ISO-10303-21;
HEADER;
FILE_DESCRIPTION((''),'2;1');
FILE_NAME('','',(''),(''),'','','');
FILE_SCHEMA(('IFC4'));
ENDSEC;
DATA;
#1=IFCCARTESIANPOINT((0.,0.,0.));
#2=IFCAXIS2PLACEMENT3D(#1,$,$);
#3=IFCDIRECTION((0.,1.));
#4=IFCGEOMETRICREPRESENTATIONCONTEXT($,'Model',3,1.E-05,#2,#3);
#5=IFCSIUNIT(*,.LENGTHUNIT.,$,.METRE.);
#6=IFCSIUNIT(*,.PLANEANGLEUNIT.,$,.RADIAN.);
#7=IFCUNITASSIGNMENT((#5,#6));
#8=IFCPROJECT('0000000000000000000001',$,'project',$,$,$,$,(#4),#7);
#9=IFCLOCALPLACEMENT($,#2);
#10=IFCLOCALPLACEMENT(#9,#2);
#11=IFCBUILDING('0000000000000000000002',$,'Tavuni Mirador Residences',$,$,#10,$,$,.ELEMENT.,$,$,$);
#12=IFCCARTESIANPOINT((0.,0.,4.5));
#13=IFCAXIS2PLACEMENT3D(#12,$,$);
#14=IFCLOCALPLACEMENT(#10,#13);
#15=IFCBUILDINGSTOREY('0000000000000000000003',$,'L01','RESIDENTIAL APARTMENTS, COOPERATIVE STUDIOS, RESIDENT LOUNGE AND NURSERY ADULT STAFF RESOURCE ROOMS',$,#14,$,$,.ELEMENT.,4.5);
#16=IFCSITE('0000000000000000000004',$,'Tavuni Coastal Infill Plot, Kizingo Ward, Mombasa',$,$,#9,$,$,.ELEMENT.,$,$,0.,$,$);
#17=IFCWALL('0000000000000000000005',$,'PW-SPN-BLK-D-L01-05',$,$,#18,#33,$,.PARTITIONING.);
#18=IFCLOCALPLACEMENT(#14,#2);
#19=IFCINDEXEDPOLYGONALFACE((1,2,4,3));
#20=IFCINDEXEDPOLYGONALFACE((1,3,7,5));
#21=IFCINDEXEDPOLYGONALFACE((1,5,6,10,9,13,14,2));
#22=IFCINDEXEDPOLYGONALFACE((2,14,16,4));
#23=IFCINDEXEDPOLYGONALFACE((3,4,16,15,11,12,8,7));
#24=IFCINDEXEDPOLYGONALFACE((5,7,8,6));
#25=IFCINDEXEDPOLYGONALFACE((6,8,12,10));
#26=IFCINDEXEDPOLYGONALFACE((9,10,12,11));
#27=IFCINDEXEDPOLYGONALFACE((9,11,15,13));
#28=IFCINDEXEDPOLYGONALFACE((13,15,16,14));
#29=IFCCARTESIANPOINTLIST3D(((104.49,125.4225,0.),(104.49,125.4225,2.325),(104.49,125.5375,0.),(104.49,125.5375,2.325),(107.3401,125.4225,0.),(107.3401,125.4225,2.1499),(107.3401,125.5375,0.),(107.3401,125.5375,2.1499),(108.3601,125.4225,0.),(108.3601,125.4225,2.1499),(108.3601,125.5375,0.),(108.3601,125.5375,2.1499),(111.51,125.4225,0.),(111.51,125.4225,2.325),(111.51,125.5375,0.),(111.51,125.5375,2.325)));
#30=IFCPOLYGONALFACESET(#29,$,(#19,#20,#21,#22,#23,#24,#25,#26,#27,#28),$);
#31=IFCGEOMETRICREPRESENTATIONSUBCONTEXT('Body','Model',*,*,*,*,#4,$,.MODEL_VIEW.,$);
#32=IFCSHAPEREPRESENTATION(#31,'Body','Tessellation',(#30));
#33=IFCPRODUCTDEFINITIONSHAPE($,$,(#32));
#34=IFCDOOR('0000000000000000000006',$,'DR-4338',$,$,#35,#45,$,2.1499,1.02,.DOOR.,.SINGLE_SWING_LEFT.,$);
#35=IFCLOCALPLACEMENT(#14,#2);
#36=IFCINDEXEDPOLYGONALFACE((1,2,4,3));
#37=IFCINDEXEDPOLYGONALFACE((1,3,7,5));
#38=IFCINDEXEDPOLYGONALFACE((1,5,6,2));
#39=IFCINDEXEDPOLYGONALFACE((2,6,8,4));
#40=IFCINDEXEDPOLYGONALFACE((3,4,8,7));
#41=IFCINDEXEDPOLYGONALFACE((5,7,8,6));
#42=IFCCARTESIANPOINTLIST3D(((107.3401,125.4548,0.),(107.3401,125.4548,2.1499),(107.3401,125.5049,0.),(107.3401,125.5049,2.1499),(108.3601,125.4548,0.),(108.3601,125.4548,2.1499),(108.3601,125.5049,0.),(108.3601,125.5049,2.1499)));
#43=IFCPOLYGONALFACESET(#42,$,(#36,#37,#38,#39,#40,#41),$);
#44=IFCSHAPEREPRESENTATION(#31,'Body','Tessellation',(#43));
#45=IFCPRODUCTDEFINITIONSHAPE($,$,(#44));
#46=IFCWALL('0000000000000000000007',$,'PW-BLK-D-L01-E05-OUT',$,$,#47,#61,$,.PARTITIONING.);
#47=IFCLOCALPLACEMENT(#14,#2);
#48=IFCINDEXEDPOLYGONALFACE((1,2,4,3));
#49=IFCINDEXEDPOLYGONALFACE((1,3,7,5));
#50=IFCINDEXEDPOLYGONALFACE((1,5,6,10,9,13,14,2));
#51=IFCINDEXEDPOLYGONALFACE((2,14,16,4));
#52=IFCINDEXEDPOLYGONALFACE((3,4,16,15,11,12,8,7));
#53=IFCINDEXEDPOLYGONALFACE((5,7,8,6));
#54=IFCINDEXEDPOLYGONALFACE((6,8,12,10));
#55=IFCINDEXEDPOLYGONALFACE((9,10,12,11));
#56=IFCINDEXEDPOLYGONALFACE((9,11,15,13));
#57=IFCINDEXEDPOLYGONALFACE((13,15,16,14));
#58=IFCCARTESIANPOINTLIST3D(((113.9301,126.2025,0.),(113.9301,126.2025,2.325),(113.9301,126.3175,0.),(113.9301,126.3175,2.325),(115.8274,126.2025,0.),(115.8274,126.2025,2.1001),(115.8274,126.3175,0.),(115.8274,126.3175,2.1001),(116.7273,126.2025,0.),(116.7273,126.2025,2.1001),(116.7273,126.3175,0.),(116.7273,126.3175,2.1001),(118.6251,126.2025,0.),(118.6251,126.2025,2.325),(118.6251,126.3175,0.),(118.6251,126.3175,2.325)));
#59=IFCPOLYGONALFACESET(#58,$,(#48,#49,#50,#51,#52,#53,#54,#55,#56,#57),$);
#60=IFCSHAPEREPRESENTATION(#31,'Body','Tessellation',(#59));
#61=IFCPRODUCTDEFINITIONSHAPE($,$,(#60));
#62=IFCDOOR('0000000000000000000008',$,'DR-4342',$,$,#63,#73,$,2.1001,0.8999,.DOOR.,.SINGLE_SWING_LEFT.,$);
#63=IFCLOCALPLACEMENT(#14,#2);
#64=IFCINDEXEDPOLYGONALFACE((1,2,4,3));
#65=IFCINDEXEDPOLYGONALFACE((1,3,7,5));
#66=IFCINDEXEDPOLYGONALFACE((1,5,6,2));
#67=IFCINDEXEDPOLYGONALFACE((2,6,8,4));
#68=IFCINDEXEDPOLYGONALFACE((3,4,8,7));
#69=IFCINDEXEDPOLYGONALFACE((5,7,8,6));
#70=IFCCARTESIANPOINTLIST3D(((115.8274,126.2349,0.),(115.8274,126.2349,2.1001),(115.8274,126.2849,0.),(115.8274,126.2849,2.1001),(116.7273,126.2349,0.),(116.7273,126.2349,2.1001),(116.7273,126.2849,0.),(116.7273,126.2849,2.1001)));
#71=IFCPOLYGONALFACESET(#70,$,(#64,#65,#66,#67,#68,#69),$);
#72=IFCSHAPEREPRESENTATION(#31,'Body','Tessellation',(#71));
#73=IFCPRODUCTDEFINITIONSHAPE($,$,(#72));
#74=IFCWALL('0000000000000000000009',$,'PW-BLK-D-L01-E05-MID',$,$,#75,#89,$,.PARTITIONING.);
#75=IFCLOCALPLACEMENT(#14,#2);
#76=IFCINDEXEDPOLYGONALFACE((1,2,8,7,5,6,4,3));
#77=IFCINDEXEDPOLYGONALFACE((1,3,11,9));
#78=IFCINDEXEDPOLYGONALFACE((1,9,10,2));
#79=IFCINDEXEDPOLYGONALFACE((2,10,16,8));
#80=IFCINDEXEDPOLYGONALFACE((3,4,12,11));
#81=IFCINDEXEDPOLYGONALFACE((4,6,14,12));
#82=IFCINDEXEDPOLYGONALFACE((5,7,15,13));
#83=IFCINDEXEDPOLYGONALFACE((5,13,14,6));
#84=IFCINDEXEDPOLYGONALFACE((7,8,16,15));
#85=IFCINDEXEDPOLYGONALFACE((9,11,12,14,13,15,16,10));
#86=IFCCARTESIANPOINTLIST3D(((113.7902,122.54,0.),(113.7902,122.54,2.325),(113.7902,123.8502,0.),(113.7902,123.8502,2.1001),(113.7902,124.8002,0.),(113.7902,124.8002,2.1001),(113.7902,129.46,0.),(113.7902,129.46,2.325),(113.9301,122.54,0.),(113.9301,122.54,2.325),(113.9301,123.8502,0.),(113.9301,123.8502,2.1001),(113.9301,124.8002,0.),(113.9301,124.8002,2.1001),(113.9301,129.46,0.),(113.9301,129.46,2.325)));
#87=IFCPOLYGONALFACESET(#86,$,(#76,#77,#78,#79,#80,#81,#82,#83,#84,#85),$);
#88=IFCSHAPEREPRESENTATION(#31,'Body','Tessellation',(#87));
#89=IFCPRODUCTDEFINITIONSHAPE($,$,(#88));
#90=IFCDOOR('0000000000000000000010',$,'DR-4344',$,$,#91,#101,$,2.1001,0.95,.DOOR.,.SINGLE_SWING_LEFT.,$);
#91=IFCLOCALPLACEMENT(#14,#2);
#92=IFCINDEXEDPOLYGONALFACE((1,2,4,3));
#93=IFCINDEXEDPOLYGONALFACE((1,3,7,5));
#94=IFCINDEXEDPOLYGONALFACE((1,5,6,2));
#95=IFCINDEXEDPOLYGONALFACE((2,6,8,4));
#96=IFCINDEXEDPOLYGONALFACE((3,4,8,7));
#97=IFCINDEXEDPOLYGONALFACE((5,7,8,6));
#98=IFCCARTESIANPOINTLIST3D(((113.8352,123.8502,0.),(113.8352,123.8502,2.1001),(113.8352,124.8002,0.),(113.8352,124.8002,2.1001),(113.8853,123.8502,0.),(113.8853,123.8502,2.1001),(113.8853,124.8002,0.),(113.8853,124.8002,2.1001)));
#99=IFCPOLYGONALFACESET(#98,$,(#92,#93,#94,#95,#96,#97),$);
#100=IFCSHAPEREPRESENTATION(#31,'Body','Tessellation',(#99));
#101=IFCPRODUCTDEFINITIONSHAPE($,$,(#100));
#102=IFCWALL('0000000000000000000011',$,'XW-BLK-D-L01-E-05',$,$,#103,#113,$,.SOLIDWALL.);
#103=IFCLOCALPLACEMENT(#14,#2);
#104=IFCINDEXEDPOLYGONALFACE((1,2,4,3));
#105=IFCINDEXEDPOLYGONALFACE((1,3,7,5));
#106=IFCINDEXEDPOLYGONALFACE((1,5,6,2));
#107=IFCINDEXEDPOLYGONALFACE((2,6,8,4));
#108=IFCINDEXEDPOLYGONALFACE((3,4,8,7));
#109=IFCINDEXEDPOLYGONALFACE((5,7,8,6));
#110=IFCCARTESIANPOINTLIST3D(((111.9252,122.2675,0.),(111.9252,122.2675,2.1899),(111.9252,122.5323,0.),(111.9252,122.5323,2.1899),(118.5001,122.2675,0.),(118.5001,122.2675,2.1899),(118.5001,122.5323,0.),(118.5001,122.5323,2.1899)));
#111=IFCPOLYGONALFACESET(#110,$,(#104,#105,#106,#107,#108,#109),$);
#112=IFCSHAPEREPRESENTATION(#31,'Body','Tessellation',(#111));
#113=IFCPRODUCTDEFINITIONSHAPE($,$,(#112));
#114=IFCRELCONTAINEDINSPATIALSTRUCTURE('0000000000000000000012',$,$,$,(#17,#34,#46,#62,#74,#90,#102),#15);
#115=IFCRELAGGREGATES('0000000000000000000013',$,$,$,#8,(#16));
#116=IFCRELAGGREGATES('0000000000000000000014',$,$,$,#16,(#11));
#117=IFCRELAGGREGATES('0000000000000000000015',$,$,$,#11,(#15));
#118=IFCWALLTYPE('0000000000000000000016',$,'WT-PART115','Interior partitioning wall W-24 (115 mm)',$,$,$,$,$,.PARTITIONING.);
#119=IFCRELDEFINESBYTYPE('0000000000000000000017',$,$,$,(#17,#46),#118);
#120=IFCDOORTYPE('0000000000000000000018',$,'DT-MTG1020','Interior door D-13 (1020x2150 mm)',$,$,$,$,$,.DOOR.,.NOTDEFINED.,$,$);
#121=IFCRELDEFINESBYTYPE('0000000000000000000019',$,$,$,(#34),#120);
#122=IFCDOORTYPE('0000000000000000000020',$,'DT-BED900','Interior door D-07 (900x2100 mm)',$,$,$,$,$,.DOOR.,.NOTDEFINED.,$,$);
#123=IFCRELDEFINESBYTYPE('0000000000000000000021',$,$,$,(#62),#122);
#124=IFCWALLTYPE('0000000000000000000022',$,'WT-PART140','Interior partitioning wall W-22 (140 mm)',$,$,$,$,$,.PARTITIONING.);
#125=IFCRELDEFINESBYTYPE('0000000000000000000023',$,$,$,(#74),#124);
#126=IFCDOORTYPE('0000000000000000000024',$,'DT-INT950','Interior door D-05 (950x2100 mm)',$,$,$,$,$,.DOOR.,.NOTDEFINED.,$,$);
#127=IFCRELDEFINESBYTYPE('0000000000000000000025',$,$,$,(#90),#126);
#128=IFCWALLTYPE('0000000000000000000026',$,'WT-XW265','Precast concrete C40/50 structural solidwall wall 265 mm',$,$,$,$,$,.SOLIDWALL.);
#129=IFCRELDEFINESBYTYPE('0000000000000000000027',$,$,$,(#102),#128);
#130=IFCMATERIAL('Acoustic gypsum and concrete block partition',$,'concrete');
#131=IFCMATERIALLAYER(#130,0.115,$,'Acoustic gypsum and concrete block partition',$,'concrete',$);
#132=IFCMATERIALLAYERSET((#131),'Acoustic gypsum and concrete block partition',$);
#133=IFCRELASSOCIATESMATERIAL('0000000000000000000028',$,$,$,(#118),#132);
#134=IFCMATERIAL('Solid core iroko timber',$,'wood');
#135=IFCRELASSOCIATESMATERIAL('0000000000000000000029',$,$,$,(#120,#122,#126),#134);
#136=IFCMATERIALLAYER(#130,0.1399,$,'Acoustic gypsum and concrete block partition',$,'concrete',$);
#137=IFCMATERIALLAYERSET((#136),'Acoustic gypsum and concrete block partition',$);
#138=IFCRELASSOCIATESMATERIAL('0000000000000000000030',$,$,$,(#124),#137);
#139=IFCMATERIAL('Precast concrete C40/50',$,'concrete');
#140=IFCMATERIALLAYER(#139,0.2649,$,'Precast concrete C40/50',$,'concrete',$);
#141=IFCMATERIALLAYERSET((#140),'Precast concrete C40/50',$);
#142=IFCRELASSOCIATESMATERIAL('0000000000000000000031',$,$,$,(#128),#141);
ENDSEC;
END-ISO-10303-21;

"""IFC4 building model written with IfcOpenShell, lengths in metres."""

from ifc_helpers import new_model, si_unit, direction, frame, frame_2d, origin, place, context, subcontext, project, spatial, rectangle, extrude, material, layer, layer_set, type_object, element, fill, save


model = new_model("IFC4")

# Units and contexts
model_context = context("Model", 3, precision=1e-05, world=origin(), true_north=direction((0.0, 1.0)))
body_context = subcontext(model_context, "Body", "Model", "MODEL_VIEW")
ifc_project = project(units=[si_unit("LENGTHUNIT", "METRE"), si_unit("PLANEANGLEUNIT", "RADIAN")], contexts=[model_context])

# Site, building, storey
site_placement = place(None, origin())
site = spatial("IfcSite", under=ifc_project, at=site_placement, Name="Tavuni Coastal Infill Plot, Kizingo Ward, Mombasa", CompositionType="ELEMENT", RefElevation=0.0)
building_placement = place(site_placement, origin())
building = spatial("IfcBuilding", under=site, at=building_placement, Name="Tavuni Mirador Residences", CompositionType="ELEMENT")
storey_placement = place(building_placement, frame((0.0, 0.0, 4.5)))
storey = spatial("IfcBuildingStorey", under=building, at=storey_placement, Name="L01", Description="RESIDENTIAL APARTMENTS, COOPERATIVE STUDIOS, RESIDENT LOUNGE AND NURSERY ADULT STAFF RESOURCE ROOMS", CompositionType="ELEMENT", Elevation=4.5)

# Shared definitions
ifc_material_1 = material(Name="Precast concrete C40/50", Category="concrete")

# Shared definitions
ifc_material_2 = material(Name="Solid core iroko timber", Category="wood")

# Shared definitions
ifc_material_3 = material(Name="Acoustic gypsum and concrete block partition", Category="concrete")

# Shared definitions
ifc_layer_1 = layer(ifc_material_3, 0.115, Name="Acoustic gypsum and concrete block partition", Category="concrete")
ifc_layer_set_1 = layer_set([ifc_layer_1], Name="Acoustic gypsum and concrete block partition")
wall_type_1 = type_object("IfcWallType", Name="WT-PART115", Description="Interior partitioning wall W-24 (115 mm)", PredefinedType="PARTITIONING", material=ifc_layer_set_1)

# Walls, openings, doors
wall_1_placement = place(storey_placement, frame((104.49, 125.48, 0.0), z_axis=(0.0, 0.0, 1.0), x_axis=(1.0, 0.0, 0.0)))
wall_1 = element("IfcWall", 1, at=wall_1_placement, inside=storey, type_object=wall_type_1, Name="PW-SPN-BLK-D-L01-05", PredefinedType="PARTITIONING", context=body_context, shape_type="SweptSolid", body=[
    extrude(rectangle(XDim=7.02, YDim=0.115, at=frame_2d((3.51, 0.0))), origin(), (0.0, 0.0, 1.0), 2.325),
])
opening_1_placement = place(wall_1_placement, frame((2.8501, 0.0, 0.0)))
opening_1 = element("IfcOpeningElement", 2, at=opening_1_placement, cuts=wall_1, PredefinedType="OPENING", context=body_context, shape_type="SweptSolid", body=[
    extrude(rectangle(XDim=1.02, YDim=2.1499, at=frame_2d((0.51, 1.075))), frame((0.0, 0.0674, 0.0), z_axis=(0.0, -1.0, 0.0), x_axis=(1.0, 0.0, 0.0)), (0.0, 0.0, 1.0), 0.135),
])
door_type_1 = type_object("IfcDoorType", Name="DT-MTG1020", Description="Interior door D-13 (1020x2150 mm)", OperationType="NOTDEFINED", PredefinedType="DOOR", material=ifc_material_2)
door_1_placement = place(opening_1_placement, origin())
door_1 = element("IfcDoor", 3, at=door_1_placement, inside=storey, type_object=door_type_1, Name="DR-4338", OperationType="SINGLE_SWING_LEFT", OverallHeight=2.1499, OverallWidth=1.02, PredefinedType="DOOR", context=body_context, shape_type="SweptSolid", body=[
    extrude(rectangle(XDim=1.02, YDim=2.1499, at=frame_2d((0.51, 1.075))), frame((0.0, 0.0249, 0.0), z_axis=(0.0, -1.0, 0.0), x_axis=(1.0, 0.0, 0.0)), (0.0, 0.0, 1.0), 0.05),
])
fill(opening_1, door_1)
wall_2_placement = place(storey_placement, frame((113.9299, 126.26, 0.0), z_axis=(0.0, 0.0, 1.0), x_axis=(1.0, 0.0, 0.0)))
wall_2 = element("IfcWall", 4, at=wall_2_placement, inside=storey, type_object=wall_type_1, Name="PW-BLK-D-L01-E05-OUT", PredefinedType="PARTITIONING", context=body_context, shape_type="SweptSolid", body=[
    extrude(rectangle(XDim=4.6951, YDim=0.115, at=frame_2d((2.3477, 0.0))), origin(), (0.0, 0.0, 1.0), 2.325),
])
opening_2_placement = place(wall_2_placement, frame((1.8975, 0.0, 0.0)))
opening_2 = element("IfcOpeningElement", 5, at=opening_2_placement, cuts=wall_2, PredefinedType="OPENING", context=body_context, shape_type="SweptSolid", body=[
    extrude(rectangle(XDim=0.8999, YDim=2.1001, at=frame_2d((0.45, 1.05))), frame((0.0, 0.0674, 0.0), z_axis=(0.0, -1.0, 0.0), x_axis=(1.0, 0.0, 0.0)), (0.0, 0.0, 1.0), 0.135),
])
door_type_2 = type_object("IfcDoorType", Name="DT-BED900", Description="Interior door D-07 (900x2100 mm)", OperationType="NOTDEFINED", PredefinedType="DOOR", material=ifc_material_2)
door_2_placement = place(opening_2_placement, origin())
door_2 = element("IfcDoor", 6, at=door_2_placement, inside=storey, type_object=door_type_2, Name="DR-4342", OperationType="SINGLE_SWING_LEFT", OverallHeight=2.1001, OverallWidth=0.8999, PredefinedType="DOOR", context=body_context, shape_type="SweptSolid", body=[
    extrude(rectangle(XDim=0.8999, YDim=2.1001, at=frame_2d((0.45, 1.05))), frame((0.0, 0.0249, 0.0), z_axis=(0.0, -1.0, 0.0), x_axis=(1.0, 0.0, 0.0)), (0.0, 0.0, 1.0), 0.05),
])
fill(opening_2, door_2)
ifc_layer_2 = layer(ifc_material_3, 0.1399, Name="Acoustic gypsum and concrete block partition", Category="concrete")
ifc_layer_set_2 = layer_set([ifc_layer_2], Name="Acoustic gypsum and concrete block partition")
wall_type_2 = type_object("IfcWallType", Name="WT-PART140", Description="Interior partitioning wall W-22 (140 mm)", PredefinedType="PARTITIONING", material=ifc_layer_set_2)
wall_3_placement = place(storey_placement, frame((113.8601, 122.54, 0.0), z_axis=(0.0, 0.0, 1.0), x_axis=(0.0, 1.0, 0.0)))
wall_3 = element("IfcWall", 7, at=wall_3_placement, inside=storey, type_object=wall_type_2, Name="PW-BLK-D-L01-E05-MID", PredefinedType="PARTITIONING", context=body_context, shape_type="SweptSolid", body=[
    extrude(rectangle(XDim=6.9199, YDim=0.1399, at=frame_2d((3.46, 0.0))), origin(), (0.0, 0.0, 1.0), 2.325),
])
opening_3_placement = place(wall_3_placement, frame((1.3101, 0.0, 0.0)))
opening_3 = element("IfcOpeningElement", 8, at=opening_3_placement, cuts=wall_3, PredefinedType="OPENING", context=body_context, shape_type="SweptSolid", body=[
    extrude(rectangle(XDim=0.95, YDim=2.1001, at=frame_2d((0.4751, 1.05))), frame((0.0, 0.0801, 0.0), z_axis=(0.0, -1.0, 0.0), x_axis=(1.0, 0.0, 0.0)), (0.0, 0.0, 1.0), 0.1599),
])
door_type_3 = type_object("IfcDoorType", Name="DT-INT950", Description="Interior door D-05 (950x2100 mm)", OperationType="NOTDEFINED", PredefinedType="DOOR", material=ifc_material_2)
door_3_placement = place(opening_3_placement, origin())
door_3 = element("IfcDoor", 9, at=door_3_placement, inside=storey, type_object=door_type_3, Name="DR-4344", OperationType="SINGLE_SWING_LEFT", OverallHeight=2.1001, OverallWidth=0.95, PredefinedType="DOOR", context=body_context, shape_type="SweptSolid", body=[
    extrude(rectangle(XDim=0.95, YDim=2.1001, at=frame_2d((0.4751, 1.05))), frame((0.0, 0.0249, 0.0), z_axis=(0.0, -1.0, 0.0), x_axis=(1.0, 0.0, 0.0)), (0.0, 0.0, 1.0), 0.05),
])
fill(opening_3, door_3)

# Wall
ifc_layer_3 = layer(ifc_material_1, 0.2649, Name="Precast concrete C40/50", Category="concrete")
ifc_layer_set_3 = layer_set([ifc_layer_3], Name="Precast concrete C40/50")
wall_type_3 = type_object("IfcWallType", Name="WT-XW265", Description="Precast concrete C40/50 structural solidwall wall 265 mm", PredefinedType="SOLIDWALL", material=ifc_layer_set_3)
wall_4_placement = place(storey_placement, frame((111.925, 122.3999, 0.0), z_axis=(0.0, 0.0, 1.0), x_axis=(1.0, 0.0, 0.0)))
element("IfcWall", 10, at=wall_4_placement, inside=storey, type_object=wall_type_3, Name="XW-BLK-D-L01-E-05", PredefinedType="SOLIDWALL", context=body_context, shape_type="SweptSolid", body=[
    extrude(rectangle(XDim=6.575, YDim=0.2649, at=frame_2d((3.2876, 0.0))), origin(), (0.0, 0.0, 1.0), 2.1899),
])

save(model, "model.ifc")
